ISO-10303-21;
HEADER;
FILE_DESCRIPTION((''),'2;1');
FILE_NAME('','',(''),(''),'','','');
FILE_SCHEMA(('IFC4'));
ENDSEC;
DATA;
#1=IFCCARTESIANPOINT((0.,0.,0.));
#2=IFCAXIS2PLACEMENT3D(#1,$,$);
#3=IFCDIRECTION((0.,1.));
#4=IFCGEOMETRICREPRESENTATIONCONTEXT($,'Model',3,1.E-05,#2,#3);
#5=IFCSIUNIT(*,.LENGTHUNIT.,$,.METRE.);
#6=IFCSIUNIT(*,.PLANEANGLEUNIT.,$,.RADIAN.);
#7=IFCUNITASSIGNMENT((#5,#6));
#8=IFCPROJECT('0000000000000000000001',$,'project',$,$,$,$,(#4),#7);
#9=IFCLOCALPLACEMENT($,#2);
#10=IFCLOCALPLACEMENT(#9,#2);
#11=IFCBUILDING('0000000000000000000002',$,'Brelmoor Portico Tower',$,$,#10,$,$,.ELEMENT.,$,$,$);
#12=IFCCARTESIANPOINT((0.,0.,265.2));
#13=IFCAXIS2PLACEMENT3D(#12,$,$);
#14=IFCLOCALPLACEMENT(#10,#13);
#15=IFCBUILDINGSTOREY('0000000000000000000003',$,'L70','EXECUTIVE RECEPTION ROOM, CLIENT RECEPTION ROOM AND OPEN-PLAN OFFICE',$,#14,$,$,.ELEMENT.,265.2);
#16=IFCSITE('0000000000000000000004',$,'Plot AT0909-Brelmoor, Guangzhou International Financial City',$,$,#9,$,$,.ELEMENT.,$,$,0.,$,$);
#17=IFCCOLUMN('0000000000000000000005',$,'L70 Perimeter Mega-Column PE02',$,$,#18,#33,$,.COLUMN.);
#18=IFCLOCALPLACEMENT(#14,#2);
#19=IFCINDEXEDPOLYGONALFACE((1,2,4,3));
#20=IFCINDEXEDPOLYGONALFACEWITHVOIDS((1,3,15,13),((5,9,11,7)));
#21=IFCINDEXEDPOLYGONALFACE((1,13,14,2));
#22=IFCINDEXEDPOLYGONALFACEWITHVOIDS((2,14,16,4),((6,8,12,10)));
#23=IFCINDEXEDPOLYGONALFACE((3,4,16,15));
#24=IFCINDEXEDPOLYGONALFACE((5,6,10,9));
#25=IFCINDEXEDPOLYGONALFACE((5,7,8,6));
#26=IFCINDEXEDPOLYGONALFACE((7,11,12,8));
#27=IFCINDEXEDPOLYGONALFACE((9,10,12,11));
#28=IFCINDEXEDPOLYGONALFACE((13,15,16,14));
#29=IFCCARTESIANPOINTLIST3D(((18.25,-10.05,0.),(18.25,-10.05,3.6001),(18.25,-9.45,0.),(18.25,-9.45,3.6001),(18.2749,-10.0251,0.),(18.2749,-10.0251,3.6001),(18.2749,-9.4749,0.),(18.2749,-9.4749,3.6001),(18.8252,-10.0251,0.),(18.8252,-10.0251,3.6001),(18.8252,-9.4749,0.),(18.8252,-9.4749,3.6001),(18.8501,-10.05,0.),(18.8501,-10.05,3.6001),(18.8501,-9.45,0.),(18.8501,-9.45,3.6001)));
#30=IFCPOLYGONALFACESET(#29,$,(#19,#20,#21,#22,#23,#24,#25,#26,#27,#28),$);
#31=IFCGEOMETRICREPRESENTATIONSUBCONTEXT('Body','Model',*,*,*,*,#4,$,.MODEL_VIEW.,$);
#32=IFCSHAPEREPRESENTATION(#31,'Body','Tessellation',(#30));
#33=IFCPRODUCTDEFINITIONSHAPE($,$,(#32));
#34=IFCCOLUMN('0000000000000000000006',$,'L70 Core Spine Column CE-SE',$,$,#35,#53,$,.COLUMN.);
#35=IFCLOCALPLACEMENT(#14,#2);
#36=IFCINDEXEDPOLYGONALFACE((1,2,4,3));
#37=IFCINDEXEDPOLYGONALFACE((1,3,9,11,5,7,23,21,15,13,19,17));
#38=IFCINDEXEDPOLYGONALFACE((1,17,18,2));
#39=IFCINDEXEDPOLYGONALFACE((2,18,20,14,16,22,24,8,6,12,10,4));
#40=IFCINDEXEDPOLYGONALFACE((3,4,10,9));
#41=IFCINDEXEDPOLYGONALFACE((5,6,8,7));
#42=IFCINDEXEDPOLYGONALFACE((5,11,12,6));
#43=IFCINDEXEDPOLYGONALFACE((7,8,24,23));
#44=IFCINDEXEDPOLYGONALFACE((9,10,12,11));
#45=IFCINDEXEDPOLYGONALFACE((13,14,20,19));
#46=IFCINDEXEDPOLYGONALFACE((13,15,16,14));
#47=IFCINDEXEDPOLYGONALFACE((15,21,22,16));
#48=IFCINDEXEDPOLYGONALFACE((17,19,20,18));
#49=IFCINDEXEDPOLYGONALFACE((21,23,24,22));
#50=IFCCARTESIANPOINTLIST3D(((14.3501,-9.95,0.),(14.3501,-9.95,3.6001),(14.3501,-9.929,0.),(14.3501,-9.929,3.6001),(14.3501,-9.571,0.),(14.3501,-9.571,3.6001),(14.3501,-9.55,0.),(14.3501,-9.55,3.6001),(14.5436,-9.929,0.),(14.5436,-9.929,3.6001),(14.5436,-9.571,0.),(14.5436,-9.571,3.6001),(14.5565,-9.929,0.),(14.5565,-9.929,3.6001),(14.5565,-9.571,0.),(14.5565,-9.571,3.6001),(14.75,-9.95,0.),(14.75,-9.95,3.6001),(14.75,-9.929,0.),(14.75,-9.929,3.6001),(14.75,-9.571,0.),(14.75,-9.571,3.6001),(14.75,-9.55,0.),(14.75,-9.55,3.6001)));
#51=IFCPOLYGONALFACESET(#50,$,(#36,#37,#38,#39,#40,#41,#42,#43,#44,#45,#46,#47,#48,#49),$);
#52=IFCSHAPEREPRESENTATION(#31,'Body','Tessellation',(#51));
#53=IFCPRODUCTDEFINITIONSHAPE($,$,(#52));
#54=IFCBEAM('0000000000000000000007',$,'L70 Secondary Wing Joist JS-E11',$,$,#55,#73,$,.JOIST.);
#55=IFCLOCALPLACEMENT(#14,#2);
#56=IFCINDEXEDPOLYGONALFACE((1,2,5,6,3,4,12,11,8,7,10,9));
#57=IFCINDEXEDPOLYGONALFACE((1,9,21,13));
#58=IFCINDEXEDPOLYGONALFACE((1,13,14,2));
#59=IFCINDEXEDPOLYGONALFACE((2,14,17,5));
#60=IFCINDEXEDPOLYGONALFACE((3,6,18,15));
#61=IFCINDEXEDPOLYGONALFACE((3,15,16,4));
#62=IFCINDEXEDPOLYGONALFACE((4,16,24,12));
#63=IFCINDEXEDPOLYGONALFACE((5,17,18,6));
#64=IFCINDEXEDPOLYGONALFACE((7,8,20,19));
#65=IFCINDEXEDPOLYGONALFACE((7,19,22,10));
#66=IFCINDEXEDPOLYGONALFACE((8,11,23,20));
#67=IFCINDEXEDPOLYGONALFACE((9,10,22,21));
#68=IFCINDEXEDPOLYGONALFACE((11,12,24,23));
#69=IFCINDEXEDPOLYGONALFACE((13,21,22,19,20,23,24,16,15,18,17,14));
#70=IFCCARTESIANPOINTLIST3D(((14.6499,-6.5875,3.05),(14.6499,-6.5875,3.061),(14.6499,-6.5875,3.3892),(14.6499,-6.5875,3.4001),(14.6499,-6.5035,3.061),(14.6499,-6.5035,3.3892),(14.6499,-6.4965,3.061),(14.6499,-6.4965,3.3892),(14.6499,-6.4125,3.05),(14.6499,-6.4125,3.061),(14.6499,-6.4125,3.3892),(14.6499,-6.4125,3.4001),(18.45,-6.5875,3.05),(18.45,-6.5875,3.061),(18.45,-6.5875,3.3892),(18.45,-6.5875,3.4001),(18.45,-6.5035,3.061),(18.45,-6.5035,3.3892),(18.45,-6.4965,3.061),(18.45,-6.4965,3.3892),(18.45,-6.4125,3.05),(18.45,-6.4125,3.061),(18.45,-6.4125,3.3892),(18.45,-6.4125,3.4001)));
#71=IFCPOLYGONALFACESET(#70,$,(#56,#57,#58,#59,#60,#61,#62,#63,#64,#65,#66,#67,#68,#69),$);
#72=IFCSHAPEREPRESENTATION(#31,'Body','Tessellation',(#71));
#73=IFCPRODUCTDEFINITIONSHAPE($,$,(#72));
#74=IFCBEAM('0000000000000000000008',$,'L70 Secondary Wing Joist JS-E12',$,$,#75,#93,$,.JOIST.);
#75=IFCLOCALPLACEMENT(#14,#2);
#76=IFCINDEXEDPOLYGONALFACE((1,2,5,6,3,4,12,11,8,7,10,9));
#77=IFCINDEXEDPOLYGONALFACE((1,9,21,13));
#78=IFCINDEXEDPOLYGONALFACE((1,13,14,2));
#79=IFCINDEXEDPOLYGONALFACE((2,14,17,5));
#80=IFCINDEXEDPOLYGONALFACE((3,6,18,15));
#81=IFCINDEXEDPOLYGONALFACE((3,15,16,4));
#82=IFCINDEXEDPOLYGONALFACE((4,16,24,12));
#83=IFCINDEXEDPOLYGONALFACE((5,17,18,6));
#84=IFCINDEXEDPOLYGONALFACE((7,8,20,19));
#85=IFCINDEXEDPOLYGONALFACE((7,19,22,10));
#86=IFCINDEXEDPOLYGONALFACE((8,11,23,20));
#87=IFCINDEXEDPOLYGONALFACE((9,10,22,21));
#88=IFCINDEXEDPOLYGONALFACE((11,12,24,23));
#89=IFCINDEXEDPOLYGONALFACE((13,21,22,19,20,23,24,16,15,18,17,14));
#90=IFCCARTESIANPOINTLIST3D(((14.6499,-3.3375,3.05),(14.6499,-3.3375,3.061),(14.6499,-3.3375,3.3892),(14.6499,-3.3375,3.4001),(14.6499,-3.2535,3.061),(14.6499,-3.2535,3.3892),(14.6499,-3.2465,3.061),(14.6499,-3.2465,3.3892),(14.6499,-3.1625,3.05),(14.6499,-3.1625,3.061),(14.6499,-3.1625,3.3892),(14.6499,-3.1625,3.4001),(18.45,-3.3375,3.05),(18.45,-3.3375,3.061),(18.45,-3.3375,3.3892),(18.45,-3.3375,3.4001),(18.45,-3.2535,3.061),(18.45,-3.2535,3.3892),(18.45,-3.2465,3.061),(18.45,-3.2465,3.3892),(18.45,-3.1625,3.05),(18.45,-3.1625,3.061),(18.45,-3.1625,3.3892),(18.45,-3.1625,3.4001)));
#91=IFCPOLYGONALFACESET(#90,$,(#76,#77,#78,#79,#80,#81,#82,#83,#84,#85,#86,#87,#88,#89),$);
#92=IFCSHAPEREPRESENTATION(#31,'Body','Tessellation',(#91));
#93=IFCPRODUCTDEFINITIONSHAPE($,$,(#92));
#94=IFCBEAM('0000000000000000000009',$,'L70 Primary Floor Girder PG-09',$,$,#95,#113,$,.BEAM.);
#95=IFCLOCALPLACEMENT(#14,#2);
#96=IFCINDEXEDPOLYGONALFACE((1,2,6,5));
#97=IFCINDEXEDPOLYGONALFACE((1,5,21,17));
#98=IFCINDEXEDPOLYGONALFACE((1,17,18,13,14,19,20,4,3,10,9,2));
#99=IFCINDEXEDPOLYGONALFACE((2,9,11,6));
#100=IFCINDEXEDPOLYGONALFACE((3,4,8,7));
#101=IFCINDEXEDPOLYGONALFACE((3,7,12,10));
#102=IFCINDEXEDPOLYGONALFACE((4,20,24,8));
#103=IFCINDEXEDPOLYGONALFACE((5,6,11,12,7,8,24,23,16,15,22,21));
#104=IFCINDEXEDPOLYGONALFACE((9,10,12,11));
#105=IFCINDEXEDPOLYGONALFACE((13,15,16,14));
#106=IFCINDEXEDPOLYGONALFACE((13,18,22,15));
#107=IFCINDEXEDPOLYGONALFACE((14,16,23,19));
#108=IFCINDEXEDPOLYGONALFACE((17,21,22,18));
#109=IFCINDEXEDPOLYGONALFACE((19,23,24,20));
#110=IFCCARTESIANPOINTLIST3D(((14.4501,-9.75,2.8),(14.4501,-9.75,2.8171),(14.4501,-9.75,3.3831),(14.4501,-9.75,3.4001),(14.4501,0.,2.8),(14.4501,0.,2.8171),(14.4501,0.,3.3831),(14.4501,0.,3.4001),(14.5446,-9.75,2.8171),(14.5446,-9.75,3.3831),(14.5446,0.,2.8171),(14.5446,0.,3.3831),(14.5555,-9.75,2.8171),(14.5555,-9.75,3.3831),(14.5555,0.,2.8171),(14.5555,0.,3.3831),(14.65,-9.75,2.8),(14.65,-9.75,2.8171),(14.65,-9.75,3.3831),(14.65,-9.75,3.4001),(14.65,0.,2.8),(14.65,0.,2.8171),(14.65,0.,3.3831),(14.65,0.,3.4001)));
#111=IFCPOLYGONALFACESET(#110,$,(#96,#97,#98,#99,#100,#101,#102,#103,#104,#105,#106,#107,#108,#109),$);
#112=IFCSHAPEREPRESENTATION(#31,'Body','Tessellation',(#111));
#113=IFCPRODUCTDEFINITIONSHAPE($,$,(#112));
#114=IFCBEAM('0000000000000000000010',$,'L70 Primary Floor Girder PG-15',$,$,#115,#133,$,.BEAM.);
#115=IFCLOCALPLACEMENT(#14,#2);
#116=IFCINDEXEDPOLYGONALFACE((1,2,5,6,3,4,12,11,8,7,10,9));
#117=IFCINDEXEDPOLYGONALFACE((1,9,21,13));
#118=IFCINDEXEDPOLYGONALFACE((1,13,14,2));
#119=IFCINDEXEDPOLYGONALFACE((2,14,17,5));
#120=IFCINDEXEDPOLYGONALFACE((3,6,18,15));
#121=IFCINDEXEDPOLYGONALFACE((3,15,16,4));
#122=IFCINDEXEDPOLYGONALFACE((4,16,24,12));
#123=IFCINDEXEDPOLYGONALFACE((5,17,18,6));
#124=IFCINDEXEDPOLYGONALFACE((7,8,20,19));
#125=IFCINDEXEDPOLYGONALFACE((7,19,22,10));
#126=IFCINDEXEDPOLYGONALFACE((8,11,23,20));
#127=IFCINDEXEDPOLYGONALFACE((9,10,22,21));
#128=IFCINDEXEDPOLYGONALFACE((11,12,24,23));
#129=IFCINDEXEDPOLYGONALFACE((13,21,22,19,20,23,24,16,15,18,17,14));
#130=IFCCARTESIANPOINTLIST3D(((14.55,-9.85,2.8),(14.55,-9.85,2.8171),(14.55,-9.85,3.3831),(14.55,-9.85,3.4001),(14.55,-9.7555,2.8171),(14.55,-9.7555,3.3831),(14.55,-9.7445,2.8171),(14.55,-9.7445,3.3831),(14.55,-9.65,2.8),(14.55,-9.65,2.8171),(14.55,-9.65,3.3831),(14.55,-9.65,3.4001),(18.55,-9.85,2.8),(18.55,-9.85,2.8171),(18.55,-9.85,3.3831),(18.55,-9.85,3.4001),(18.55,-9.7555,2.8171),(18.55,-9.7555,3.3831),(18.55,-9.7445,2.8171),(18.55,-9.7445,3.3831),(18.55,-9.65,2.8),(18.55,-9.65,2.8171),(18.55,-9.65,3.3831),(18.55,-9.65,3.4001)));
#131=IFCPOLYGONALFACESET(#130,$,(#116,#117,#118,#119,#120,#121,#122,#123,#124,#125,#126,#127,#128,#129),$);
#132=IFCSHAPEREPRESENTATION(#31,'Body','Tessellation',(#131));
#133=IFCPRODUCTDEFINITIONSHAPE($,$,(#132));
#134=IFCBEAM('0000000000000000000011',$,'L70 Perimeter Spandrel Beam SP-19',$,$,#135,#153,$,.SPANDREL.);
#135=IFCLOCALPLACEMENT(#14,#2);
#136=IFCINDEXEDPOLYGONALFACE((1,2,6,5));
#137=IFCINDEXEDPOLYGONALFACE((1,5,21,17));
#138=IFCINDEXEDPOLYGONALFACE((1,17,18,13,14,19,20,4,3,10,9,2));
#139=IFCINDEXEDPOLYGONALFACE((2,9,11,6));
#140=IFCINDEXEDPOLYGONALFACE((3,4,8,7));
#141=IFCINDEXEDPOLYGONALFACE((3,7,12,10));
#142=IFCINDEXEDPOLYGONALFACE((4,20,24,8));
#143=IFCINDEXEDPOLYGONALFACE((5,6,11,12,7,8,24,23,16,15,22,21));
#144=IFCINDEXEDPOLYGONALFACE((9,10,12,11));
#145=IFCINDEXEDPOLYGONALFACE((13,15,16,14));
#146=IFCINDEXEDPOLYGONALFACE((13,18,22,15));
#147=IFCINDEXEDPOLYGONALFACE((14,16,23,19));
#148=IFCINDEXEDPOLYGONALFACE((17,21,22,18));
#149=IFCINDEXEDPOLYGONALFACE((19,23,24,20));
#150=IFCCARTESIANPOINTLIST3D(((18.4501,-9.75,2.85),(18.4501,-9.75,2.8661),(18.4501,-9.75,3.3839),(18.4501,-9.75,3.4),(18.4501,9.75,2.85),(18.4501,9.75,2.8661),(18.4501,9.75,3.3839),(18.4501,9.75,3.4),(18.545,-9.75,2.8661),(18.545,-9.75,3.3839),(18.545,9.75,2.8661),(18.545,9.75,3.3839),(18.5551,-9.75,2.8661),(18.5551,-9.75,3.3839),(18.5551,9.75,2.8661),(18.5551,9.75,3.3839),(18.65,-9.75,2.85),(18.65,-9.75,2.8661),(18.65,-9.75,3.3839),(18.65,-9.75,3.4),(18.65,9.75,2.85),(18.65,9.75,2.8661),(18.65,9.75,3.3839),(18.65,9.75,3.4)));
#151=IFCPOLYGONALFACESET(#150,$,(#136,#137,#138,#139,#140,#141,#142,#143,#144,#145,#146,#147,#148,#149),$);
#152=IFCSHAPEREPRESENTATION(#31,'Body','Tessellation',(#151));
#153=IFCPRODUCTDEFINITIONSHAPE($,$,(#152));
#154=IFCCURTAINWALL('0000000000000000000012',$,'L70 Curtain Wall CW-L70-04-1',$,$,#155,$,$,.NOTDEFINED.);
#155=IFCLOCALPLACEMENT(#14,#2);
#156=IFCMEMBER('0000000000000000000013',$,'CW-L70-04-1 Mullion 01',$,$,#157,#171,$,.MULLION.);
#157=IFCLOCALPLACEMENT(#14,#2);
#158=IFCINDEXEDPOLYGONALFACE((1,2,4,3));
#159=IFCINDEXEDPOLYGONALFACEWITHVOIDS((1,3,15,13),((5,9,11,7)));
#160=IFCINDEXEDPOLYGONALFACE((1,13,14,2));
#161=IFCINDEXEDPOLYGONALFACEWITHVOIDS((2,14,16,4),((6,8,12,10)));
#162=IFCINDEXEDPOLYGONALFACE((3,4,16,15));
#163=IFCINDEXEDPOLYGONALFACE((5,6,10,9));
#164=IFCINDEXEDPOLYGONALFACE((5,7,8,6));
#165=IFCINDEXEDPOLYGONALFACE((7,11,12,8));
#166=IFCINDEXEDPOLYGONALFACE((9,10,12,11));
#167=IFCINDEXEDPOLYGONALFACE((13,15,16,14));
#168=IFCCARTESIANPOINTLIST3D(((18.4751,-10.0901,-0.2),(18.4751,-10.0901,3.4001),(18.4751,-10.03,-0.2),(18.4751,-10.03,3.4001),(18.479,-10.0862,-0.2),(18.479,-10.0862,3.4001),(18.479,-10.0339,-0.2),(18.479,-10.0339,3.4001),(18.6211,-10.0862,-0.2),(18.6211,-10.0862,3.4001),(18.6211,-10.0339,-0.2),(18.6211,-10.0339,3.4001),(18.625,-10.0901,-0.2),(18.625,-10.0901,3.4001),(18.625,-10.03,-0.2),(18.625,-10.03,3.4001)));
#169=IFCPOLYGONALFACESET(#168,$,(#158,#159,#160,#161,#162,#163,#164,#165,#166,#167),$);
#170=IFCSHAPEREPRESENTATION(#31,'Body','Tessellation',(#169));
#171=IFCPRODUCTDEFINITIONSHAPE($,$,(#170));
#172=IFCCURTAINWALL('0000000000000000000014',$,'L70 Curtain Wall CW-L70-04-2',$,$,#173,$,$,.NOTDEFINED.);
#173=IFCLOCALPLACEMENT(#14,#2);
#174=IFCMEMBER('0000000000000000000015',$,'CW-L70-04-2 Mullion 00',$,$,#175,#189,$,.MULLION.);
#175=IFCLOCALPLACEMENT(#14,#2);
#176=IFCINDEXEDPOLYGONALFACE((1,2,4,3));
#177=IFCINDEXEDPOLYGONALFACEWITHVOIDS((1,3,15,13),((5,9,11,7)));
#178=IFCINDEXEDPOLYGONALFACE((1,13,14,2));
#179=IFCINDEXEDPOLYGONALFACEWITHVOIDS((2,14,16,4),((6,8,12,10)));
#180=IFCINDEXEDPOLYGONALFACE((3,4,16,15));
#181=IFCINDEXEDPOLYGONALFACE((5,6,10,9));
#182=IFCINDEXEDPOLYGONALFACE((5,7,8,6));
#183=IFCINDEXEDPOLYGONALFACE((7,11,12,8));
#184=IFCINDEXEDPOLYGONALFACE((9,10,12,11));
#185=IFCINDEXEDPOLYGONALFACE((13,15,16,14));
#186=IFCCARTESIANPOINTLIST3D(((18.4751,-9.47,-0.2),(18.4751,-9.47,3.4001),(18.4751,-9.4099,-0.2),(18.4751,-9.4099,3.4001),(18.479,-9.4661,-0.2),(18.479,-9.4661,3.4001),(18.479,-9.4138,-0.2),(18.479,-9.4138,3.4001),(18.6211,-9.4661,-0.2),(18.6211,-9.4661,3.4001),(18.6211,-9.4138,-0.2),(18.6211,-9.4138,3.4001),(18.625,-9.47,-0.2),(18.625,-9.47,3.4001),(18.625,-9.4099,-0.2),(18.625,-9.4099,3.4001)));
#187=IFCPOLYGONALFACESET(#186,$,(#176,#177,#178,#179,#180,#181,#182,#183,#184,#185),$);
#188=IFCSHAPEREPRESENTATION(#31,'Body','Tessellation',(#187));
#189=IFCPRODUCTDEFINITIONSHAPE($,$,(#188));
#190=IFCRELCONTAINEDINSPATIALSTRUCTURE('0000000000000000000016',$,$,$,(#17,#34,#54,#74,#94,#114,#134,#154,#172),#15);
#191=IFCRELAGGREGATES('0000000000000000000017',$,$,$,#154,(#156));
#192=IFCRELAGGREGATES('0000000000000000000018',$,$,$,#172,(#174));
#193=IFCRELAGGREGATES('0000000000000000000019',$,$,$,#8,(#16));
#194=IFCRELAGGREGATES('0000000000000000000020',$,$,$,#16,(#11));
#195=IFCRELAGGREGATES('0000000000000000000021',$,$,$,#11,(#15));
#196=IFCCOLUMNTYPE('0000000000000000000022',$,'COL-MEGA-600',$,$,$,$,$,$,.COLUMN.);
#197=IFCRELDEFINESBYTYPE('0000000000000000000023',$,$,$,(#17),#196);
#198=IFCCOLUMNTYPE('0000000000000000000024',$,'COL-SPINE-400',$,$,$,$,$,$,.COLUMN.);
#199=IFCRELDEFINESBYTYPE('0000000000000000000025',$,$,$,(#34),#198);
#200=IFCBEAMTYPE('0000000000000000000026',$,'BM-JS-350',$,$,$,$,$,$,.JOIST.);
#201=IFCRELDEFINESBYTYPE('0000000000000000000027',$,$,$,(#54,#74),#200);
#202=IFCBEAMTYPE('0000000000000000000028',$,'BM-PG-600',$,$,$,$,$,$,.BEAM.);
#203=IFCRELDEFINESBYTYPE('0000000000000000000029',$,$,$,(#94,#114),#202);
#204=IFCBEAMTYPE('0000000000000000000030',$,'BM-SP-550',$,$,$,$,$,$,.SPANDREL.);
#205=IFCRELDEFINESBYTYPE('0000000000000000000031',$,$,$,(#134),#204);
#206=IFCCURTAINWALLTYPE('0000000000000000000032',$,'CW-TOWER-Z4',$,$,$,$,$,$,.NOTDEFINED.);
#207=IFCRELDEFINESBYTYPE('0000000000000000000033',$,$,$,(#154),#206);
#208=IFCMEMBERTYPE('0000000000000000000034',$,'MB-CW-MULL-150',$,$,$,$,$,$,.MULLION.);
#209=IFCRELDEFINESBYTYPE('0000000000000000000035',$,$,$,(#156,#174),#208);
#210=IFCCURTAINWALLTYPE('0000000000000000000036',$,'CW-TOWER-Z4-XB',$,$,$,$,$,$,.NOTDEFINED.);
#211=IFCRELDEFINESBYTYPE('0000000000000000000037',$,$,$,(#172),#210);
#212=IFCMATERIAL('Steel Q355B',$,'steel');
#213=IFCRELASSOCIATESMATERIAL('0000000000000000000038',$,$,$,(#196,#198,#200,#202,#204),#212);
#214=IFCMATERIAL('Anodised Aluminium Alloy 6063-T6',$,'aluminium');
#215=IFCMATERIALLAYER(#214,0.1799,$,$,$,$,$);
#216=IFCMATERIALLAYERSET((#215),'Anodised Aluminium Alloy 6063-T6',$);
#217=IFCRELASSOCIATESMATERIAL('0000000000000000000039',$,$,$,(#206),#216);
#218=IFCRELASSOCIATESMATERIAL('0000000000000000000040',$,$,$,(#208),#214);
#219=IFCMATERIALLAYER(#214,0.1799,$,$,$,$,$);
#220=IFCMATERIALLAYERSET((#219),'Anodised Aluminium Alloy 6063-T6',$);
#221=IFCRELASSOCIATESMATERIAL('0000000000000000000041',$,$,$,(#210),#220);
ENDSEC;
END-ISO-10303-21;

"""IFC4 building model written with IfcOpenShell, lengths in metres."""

from ifc_helpers import new_model, si_unit, direction, frame, origin, origin_2d, place, context, subcontext, project, spatial, hollow_rectangle, i_section, extrude, material, layer, layer_set, material_profile, profile_set, type_object, element, aggregate, save


model = new_model("IFC4")

# Units and contexts
model_context = context("Model", 3, precision=1e-05, world=origin(), true_north=direction((0.0, 1.0)))
body_context = subcontext(model_context, "Body", "Model", "MODEL_VIEW")
ifc_project = project(units=[si_unit("LENGTHUNIT", "METRE"), si_unit("PLANEANGLEUNIT", "RADIAN")], contexts=[model_context])

# Site, building, storey
site_placement = place(None, origin())
site = spatial("IfcSite", under=ifc_project, at=site_placement, Name="Plot AT0909-Brelmoor, Guangzhou International Financial City", CompositionType="ELEMENT", RefElevation=0.0)
building_placement = place(site_placement, origin())
building = spatial("IfcBuilding", under=site, at=building_placement, Name="Brelmoor Portico Tower", CompositionType="ELEMENT")
storey_placement = place(building_placement, frame((0.0, 0.0, 265.2)))
storey = spatial("IfcBuildingStorey", under=building, at=storey_placement, Name="L70", Description="EXECUTIVE RECEPTION ROOM, CLIENT RECEPTION ROOM AND OPEN-PLAN OFFICE", CompositionType="ELEMENT", Elevation=265.2)

# Columns
ifc_material_1 = material(Name="Steel Q355B", Category="steel")
ifc_material_profile_1 = material_profile(ifc_material_1, hollow_rectangle(XDim=0.6001, YDim=0.6001, WallThickness=0.0249, at=origin_2d()), Name="BOX 600x600x25")
ifc_profile_set_1 = profile_set([ifc_material_profile_1], Name="Steel Q355B")
column_type_1 = type_object("IfcColumnType", Name="COL-MEGA-600", PredefinedType="COLUMN", material=ifc_profile_set_1)
column_1_placement = place(storey_placement, frame((18.55, -9.75, 0.0), z_axis=(0.0, 0.0, 1.0), x_axis=(0.0, 1.0, 0.0)))
element("IfcColumn", 1, at=column_1_placement, inside=storey, type_object=column_type_1, Name="L70 Perimeter Mega-Column PE02", PredefinedType="COLUMN", context=body_context, shape_type="SweptSolid", body=[
    extrude(hollow_rectangle(XDim=0.6001, YDim=0.6001, WallThickness=0.0249, at=origin_2d()), origin(), (0.0, 0.0, 1.0), 3.6001),
])
ifc_material_profile_2 = material_profile(ifc_material_1, i_section(OverallWidth=0.3999, OverallDepth=0.3999, WebThickness=0.0129, FlangeThickness=0.021, at=origin_2d()), Name="HW 400x400x13x21")
ifc_profile_set_2 = profile_set([ifc_material_profile_2], Name="Steel Q355B")
column_type_2 = type_object("IfcColumnType", Name="COL-SPINE-400", PredefinedType="COLUMN", material=ifc_profile_set_2)
column_2_placement = place(storey_placement, frame((14.55, -9.75, 0.0), z_axis=(0.0, 0.0, 1.0), x_axis=(1.0, 0.0, 0.0)))
element("IfcColumn", 2, at=column_2_placement, inside=storey, type_object=column_type_2, Name="L70 Core Spine Column CE-SE", PredefinedType="COLUMN", context=body_context, shape_type="SweptSolid", body=[
    extrude(i_section(OverallWidth=0.3999, OverallDepth=0.3999, WebThickness=0.0129, FlangeThickness=0.021, at=origin_2d()), origin(), (0.0, 0.0, 1.0), 3.6001),
])

# Beams
ifc_material_profile_3 = material_profile(ifc_material_1, i_section(OverallWidth=0.175, OverallDepth=0.3501, WebThickness=0.0071, FlangeThickness=0.011, at=origin_2d()), Name="HN 350x175x7x11")
ifc_profile_set_3 = profile_set([ifc_material_profile_3], Name="Steel Q355B")
beam_type_1 = type_object("IfcBeamType", Name="BM-JS-350", PredefinedType="JOIST", material=ifc_profile_set_3)
for number, where, z_axis, x_axis, name in (
    (3, (14.6499, -6.5, 3.2251), (1.0, 0.0, 0.0), (0.0, 1.0, 0.0), "L70 Secondary Wing Joist JS-E11"),
    (4, (14.6499, -3.25, 3.2251), (1.0, 0.0, 0.0), (0.0, 1.0, 0.0), "L70 Secondary Wing Joist JS-E12"),
):
    element("IfcBeam", number, at=place(storey_placement, frame(where, z_axis=z_axis, x_axis=x_axis)), inside=storey, type_object=beam_type_1, Name=name, PredefinedType="JOIST", context=body_context, shape_type="SweptSolid", body=[
        extrude(i_section(OverallWidth=0.175, OverallDepth=0.3501, WebThickness=0.0071, FlangeThickness=0.011, at=origin_2d()), origin(), (0.0, 0.0, 1.0), 3.8),
    ])
ifc_material_profile_4 = material_profile(ifc_material_1, i_section(OverallWidth=0.2, OverallDepth=0.6001, WebThickness=0.011, FlangeThickness=0.0171, at=origin_2d()), Name="HN 600x200x11x17")
ifc_profile_set_4 = profile_set([ifc_material_profile_4], Name="Steel Q355B")
beam_type_2 = type_object("IfcBeamType", Name="BM-PG-600", PredefinedType="BEAM", material=ifc_profile_set_4)
beam_1_placement = place(storey_placement, frame((14.55, -9.75, 3.1001), z_axis=(0.0, 1.0, 0.0), x_axis=(-1.0, 0.0, 0.0)))
element("IfcBeam", 5, at=beam_1_placement, inside=storey, type_object=beam_type_2, Name="L70 Primary Floor Girder PG-09", PredefinedType="BEAM", context=body_context, shape_type="SweptSolid", body=[
    extrude(i_section(OverallWidth=0.2, OverallDepth=0.6001, WebThickness=0.011, FlangeThickness=0.0171, at=origin_2d()), origin(), (0.0, 0.0, 1.0), 9.75),
])
beam_2_placement = place(storey_placement, frame((14.55, -9.75, 3.1001), z_axis=(1.0, 0.0, 0.0), x_axis=(0.0, 1.0, 0.0)))
element("IfcBeam", 6, at=beam_2_placement, inside=storey, type_object=beam_type_2, Name="L70 Primary Floor Girder PG-15", PredefinedType="BEAM", context=body_context, shape_type="SweptSolid", body=[
    extrude(i_section(OverallWidth=0.2, OverallDepth=0.6001, WebThickness=0.011, FlangeThickness=0.0171, at=origin_2d()), origin(), (0.0, 0.0, 1.0), 4.0),
])
ifc_material_profile_5 = material_profile(ifc_material_1, i_section(OverallWidth=0.2, OverallDepth=0.55, WebThickness=0.01, FlangeThickness=0.0161, at=origin_2d()), Name="HN 550x200x10x16")
ifc_profile_set_5 = profile_set([ifc_material_profile_5], Name="Steel Q355B")
beam_type_3 = type_object("IfcBeamType", Name="BM-SP-550", PredefinedType="SPANDREL", material=ifc_profile_set_5)
beam_3_placement = place(storey_placement, frame((18.55, -9.75, 3.125), z_axis=(0.0, 1.0, 0.0), x_axis=(-1.0, 0.0, 0.0)))
element("IfcBeam", 7, at=beam_3_placement, inside=storey, type_object=beam_type_3, Name="L70 Perimeter Spandrel Beam SP-19", PredefinedType="SPANDREL", context=body_context, shape_type="SweptSolid", body=[
    extrude(i_section(OverallWidth=0.2, OverallDepth=0.55, WebThickness=0.01, FlangeThickness=0.0161, at=origin_2d()), origin(), (0.0, 0.0, 1.0), 19.5),
])

# Curtain walls, members
ifc_material_2 = material(Name="Anodised Aluminium Alloy 6063-T6", Category="aluminium")
ifc_layer_1 = layer(ifc_material_2, 0.1799)
ifc_layer_set_1 = layer_set([ifc_layer_1], Name="Anodised Aluminium Alloy 6063-T6")
curtain_wall_type_1 = type_object("IfcCurtainWallType", Name="CW-TOWER-Z4", PredefinedType="NOTDEFINED", material=ifc_layer_set_1)
curtain_wall_1_placement = place(storey_placement, origin())
curtain_wall_1 = element("IfcCurtainWall", 8, at=curtain_wall_1_placement, inside=storey, type_object=curtain_wall_type_1, Name="L70 Curtain Wall CW-L70-04-1", PredefinedType="NOTDEFINED")
ifc_material_profile_6 = material_profile(ifc_material_2, hollow_rectangle(XDim=0.0601, YDim=0.1499, WallThickness=0.0039, at=origin_2d()), Name="ALU MULLION 60x150")
ifc_profile_set_6 = profile_set([ifc_material_profile_6], Name="Anodised Aluminium Alloy 6063-T6")
member_type_1 = type_object("IfcMemberType", Name="MB-CW-MULL-150", PredefinedType="MULLION", material=ifc_profile_set_6)
member_1_placement = place(storey_placement, frame((18.55, -10.0601, -0.2), z_axis=(0.0, 0.0, 1.0), x_axis=(0.0, 1.0, 0.0)))
member_1 = element("IfcMember", 9, at=member_1_placement, type_object=member_type_1, Name="CW-L70-04-1 Mullion 01", PredefinedType="MULLION", context=body_context, shape_type="SweptSolid", body=[
    extrude(hollow_rectangle(XDim=0.0601, YDim=0.1499, WallThickness=0.0039, at=origin_2d()), origin(), (0.0, 0.0, 1.0), 3.6001),
])
ifc_layer_2 = layer(ifc_material_2, 0.1799)
ifc_layer_set_2 = layer_set([ifc_layer_2], Name="Anodised Aluminium Alloy 6063-T6")
curtain_wall_type_2 = type_object("IfcCurtainWallType", Name="CW-TOWER-Z4-XB", PredefinedType="NOTDEFINED", material=ifc_layer_set_2)
curtain_wall_2_placement = place(storey_placement, origin())
curtain_wall_2 = element("IfcCurtainWall", 10, at=curtain_wall_2_placement, inside=storey, type_object=curtain_wall_type_2, Name="L70 Curtain Wall CW-L70-04-2", PredefinedType="NOTDEFINED")
member_2_placement = place(storey_placement, frame((18.55, -9.4399, -0.2), z_axis=(0.0, 0.0, 1.0), x_axis=(0.0, 1.0, 0.0)))
member_2 = element("IfcMember", 11, at=member_2_placement, type_object=member_type_1, Name="CW-L70-04-2 Mullion 00", PredefinedType="MULLION", context=body_context, shape_type="SweptSolid", body=[
    extrude(hollow_rectangle(XDim=0.0601, YDim=0.1499, WallThickness=0.0039, at=origin_2d()), origin(), (0.0, 0.0, 1.0), 3.6001),
])

aggregate(curtain_wall_1, [member_1])
aggregate(curtain_wall_2, [member_2])

save(model, "model.ifc")
